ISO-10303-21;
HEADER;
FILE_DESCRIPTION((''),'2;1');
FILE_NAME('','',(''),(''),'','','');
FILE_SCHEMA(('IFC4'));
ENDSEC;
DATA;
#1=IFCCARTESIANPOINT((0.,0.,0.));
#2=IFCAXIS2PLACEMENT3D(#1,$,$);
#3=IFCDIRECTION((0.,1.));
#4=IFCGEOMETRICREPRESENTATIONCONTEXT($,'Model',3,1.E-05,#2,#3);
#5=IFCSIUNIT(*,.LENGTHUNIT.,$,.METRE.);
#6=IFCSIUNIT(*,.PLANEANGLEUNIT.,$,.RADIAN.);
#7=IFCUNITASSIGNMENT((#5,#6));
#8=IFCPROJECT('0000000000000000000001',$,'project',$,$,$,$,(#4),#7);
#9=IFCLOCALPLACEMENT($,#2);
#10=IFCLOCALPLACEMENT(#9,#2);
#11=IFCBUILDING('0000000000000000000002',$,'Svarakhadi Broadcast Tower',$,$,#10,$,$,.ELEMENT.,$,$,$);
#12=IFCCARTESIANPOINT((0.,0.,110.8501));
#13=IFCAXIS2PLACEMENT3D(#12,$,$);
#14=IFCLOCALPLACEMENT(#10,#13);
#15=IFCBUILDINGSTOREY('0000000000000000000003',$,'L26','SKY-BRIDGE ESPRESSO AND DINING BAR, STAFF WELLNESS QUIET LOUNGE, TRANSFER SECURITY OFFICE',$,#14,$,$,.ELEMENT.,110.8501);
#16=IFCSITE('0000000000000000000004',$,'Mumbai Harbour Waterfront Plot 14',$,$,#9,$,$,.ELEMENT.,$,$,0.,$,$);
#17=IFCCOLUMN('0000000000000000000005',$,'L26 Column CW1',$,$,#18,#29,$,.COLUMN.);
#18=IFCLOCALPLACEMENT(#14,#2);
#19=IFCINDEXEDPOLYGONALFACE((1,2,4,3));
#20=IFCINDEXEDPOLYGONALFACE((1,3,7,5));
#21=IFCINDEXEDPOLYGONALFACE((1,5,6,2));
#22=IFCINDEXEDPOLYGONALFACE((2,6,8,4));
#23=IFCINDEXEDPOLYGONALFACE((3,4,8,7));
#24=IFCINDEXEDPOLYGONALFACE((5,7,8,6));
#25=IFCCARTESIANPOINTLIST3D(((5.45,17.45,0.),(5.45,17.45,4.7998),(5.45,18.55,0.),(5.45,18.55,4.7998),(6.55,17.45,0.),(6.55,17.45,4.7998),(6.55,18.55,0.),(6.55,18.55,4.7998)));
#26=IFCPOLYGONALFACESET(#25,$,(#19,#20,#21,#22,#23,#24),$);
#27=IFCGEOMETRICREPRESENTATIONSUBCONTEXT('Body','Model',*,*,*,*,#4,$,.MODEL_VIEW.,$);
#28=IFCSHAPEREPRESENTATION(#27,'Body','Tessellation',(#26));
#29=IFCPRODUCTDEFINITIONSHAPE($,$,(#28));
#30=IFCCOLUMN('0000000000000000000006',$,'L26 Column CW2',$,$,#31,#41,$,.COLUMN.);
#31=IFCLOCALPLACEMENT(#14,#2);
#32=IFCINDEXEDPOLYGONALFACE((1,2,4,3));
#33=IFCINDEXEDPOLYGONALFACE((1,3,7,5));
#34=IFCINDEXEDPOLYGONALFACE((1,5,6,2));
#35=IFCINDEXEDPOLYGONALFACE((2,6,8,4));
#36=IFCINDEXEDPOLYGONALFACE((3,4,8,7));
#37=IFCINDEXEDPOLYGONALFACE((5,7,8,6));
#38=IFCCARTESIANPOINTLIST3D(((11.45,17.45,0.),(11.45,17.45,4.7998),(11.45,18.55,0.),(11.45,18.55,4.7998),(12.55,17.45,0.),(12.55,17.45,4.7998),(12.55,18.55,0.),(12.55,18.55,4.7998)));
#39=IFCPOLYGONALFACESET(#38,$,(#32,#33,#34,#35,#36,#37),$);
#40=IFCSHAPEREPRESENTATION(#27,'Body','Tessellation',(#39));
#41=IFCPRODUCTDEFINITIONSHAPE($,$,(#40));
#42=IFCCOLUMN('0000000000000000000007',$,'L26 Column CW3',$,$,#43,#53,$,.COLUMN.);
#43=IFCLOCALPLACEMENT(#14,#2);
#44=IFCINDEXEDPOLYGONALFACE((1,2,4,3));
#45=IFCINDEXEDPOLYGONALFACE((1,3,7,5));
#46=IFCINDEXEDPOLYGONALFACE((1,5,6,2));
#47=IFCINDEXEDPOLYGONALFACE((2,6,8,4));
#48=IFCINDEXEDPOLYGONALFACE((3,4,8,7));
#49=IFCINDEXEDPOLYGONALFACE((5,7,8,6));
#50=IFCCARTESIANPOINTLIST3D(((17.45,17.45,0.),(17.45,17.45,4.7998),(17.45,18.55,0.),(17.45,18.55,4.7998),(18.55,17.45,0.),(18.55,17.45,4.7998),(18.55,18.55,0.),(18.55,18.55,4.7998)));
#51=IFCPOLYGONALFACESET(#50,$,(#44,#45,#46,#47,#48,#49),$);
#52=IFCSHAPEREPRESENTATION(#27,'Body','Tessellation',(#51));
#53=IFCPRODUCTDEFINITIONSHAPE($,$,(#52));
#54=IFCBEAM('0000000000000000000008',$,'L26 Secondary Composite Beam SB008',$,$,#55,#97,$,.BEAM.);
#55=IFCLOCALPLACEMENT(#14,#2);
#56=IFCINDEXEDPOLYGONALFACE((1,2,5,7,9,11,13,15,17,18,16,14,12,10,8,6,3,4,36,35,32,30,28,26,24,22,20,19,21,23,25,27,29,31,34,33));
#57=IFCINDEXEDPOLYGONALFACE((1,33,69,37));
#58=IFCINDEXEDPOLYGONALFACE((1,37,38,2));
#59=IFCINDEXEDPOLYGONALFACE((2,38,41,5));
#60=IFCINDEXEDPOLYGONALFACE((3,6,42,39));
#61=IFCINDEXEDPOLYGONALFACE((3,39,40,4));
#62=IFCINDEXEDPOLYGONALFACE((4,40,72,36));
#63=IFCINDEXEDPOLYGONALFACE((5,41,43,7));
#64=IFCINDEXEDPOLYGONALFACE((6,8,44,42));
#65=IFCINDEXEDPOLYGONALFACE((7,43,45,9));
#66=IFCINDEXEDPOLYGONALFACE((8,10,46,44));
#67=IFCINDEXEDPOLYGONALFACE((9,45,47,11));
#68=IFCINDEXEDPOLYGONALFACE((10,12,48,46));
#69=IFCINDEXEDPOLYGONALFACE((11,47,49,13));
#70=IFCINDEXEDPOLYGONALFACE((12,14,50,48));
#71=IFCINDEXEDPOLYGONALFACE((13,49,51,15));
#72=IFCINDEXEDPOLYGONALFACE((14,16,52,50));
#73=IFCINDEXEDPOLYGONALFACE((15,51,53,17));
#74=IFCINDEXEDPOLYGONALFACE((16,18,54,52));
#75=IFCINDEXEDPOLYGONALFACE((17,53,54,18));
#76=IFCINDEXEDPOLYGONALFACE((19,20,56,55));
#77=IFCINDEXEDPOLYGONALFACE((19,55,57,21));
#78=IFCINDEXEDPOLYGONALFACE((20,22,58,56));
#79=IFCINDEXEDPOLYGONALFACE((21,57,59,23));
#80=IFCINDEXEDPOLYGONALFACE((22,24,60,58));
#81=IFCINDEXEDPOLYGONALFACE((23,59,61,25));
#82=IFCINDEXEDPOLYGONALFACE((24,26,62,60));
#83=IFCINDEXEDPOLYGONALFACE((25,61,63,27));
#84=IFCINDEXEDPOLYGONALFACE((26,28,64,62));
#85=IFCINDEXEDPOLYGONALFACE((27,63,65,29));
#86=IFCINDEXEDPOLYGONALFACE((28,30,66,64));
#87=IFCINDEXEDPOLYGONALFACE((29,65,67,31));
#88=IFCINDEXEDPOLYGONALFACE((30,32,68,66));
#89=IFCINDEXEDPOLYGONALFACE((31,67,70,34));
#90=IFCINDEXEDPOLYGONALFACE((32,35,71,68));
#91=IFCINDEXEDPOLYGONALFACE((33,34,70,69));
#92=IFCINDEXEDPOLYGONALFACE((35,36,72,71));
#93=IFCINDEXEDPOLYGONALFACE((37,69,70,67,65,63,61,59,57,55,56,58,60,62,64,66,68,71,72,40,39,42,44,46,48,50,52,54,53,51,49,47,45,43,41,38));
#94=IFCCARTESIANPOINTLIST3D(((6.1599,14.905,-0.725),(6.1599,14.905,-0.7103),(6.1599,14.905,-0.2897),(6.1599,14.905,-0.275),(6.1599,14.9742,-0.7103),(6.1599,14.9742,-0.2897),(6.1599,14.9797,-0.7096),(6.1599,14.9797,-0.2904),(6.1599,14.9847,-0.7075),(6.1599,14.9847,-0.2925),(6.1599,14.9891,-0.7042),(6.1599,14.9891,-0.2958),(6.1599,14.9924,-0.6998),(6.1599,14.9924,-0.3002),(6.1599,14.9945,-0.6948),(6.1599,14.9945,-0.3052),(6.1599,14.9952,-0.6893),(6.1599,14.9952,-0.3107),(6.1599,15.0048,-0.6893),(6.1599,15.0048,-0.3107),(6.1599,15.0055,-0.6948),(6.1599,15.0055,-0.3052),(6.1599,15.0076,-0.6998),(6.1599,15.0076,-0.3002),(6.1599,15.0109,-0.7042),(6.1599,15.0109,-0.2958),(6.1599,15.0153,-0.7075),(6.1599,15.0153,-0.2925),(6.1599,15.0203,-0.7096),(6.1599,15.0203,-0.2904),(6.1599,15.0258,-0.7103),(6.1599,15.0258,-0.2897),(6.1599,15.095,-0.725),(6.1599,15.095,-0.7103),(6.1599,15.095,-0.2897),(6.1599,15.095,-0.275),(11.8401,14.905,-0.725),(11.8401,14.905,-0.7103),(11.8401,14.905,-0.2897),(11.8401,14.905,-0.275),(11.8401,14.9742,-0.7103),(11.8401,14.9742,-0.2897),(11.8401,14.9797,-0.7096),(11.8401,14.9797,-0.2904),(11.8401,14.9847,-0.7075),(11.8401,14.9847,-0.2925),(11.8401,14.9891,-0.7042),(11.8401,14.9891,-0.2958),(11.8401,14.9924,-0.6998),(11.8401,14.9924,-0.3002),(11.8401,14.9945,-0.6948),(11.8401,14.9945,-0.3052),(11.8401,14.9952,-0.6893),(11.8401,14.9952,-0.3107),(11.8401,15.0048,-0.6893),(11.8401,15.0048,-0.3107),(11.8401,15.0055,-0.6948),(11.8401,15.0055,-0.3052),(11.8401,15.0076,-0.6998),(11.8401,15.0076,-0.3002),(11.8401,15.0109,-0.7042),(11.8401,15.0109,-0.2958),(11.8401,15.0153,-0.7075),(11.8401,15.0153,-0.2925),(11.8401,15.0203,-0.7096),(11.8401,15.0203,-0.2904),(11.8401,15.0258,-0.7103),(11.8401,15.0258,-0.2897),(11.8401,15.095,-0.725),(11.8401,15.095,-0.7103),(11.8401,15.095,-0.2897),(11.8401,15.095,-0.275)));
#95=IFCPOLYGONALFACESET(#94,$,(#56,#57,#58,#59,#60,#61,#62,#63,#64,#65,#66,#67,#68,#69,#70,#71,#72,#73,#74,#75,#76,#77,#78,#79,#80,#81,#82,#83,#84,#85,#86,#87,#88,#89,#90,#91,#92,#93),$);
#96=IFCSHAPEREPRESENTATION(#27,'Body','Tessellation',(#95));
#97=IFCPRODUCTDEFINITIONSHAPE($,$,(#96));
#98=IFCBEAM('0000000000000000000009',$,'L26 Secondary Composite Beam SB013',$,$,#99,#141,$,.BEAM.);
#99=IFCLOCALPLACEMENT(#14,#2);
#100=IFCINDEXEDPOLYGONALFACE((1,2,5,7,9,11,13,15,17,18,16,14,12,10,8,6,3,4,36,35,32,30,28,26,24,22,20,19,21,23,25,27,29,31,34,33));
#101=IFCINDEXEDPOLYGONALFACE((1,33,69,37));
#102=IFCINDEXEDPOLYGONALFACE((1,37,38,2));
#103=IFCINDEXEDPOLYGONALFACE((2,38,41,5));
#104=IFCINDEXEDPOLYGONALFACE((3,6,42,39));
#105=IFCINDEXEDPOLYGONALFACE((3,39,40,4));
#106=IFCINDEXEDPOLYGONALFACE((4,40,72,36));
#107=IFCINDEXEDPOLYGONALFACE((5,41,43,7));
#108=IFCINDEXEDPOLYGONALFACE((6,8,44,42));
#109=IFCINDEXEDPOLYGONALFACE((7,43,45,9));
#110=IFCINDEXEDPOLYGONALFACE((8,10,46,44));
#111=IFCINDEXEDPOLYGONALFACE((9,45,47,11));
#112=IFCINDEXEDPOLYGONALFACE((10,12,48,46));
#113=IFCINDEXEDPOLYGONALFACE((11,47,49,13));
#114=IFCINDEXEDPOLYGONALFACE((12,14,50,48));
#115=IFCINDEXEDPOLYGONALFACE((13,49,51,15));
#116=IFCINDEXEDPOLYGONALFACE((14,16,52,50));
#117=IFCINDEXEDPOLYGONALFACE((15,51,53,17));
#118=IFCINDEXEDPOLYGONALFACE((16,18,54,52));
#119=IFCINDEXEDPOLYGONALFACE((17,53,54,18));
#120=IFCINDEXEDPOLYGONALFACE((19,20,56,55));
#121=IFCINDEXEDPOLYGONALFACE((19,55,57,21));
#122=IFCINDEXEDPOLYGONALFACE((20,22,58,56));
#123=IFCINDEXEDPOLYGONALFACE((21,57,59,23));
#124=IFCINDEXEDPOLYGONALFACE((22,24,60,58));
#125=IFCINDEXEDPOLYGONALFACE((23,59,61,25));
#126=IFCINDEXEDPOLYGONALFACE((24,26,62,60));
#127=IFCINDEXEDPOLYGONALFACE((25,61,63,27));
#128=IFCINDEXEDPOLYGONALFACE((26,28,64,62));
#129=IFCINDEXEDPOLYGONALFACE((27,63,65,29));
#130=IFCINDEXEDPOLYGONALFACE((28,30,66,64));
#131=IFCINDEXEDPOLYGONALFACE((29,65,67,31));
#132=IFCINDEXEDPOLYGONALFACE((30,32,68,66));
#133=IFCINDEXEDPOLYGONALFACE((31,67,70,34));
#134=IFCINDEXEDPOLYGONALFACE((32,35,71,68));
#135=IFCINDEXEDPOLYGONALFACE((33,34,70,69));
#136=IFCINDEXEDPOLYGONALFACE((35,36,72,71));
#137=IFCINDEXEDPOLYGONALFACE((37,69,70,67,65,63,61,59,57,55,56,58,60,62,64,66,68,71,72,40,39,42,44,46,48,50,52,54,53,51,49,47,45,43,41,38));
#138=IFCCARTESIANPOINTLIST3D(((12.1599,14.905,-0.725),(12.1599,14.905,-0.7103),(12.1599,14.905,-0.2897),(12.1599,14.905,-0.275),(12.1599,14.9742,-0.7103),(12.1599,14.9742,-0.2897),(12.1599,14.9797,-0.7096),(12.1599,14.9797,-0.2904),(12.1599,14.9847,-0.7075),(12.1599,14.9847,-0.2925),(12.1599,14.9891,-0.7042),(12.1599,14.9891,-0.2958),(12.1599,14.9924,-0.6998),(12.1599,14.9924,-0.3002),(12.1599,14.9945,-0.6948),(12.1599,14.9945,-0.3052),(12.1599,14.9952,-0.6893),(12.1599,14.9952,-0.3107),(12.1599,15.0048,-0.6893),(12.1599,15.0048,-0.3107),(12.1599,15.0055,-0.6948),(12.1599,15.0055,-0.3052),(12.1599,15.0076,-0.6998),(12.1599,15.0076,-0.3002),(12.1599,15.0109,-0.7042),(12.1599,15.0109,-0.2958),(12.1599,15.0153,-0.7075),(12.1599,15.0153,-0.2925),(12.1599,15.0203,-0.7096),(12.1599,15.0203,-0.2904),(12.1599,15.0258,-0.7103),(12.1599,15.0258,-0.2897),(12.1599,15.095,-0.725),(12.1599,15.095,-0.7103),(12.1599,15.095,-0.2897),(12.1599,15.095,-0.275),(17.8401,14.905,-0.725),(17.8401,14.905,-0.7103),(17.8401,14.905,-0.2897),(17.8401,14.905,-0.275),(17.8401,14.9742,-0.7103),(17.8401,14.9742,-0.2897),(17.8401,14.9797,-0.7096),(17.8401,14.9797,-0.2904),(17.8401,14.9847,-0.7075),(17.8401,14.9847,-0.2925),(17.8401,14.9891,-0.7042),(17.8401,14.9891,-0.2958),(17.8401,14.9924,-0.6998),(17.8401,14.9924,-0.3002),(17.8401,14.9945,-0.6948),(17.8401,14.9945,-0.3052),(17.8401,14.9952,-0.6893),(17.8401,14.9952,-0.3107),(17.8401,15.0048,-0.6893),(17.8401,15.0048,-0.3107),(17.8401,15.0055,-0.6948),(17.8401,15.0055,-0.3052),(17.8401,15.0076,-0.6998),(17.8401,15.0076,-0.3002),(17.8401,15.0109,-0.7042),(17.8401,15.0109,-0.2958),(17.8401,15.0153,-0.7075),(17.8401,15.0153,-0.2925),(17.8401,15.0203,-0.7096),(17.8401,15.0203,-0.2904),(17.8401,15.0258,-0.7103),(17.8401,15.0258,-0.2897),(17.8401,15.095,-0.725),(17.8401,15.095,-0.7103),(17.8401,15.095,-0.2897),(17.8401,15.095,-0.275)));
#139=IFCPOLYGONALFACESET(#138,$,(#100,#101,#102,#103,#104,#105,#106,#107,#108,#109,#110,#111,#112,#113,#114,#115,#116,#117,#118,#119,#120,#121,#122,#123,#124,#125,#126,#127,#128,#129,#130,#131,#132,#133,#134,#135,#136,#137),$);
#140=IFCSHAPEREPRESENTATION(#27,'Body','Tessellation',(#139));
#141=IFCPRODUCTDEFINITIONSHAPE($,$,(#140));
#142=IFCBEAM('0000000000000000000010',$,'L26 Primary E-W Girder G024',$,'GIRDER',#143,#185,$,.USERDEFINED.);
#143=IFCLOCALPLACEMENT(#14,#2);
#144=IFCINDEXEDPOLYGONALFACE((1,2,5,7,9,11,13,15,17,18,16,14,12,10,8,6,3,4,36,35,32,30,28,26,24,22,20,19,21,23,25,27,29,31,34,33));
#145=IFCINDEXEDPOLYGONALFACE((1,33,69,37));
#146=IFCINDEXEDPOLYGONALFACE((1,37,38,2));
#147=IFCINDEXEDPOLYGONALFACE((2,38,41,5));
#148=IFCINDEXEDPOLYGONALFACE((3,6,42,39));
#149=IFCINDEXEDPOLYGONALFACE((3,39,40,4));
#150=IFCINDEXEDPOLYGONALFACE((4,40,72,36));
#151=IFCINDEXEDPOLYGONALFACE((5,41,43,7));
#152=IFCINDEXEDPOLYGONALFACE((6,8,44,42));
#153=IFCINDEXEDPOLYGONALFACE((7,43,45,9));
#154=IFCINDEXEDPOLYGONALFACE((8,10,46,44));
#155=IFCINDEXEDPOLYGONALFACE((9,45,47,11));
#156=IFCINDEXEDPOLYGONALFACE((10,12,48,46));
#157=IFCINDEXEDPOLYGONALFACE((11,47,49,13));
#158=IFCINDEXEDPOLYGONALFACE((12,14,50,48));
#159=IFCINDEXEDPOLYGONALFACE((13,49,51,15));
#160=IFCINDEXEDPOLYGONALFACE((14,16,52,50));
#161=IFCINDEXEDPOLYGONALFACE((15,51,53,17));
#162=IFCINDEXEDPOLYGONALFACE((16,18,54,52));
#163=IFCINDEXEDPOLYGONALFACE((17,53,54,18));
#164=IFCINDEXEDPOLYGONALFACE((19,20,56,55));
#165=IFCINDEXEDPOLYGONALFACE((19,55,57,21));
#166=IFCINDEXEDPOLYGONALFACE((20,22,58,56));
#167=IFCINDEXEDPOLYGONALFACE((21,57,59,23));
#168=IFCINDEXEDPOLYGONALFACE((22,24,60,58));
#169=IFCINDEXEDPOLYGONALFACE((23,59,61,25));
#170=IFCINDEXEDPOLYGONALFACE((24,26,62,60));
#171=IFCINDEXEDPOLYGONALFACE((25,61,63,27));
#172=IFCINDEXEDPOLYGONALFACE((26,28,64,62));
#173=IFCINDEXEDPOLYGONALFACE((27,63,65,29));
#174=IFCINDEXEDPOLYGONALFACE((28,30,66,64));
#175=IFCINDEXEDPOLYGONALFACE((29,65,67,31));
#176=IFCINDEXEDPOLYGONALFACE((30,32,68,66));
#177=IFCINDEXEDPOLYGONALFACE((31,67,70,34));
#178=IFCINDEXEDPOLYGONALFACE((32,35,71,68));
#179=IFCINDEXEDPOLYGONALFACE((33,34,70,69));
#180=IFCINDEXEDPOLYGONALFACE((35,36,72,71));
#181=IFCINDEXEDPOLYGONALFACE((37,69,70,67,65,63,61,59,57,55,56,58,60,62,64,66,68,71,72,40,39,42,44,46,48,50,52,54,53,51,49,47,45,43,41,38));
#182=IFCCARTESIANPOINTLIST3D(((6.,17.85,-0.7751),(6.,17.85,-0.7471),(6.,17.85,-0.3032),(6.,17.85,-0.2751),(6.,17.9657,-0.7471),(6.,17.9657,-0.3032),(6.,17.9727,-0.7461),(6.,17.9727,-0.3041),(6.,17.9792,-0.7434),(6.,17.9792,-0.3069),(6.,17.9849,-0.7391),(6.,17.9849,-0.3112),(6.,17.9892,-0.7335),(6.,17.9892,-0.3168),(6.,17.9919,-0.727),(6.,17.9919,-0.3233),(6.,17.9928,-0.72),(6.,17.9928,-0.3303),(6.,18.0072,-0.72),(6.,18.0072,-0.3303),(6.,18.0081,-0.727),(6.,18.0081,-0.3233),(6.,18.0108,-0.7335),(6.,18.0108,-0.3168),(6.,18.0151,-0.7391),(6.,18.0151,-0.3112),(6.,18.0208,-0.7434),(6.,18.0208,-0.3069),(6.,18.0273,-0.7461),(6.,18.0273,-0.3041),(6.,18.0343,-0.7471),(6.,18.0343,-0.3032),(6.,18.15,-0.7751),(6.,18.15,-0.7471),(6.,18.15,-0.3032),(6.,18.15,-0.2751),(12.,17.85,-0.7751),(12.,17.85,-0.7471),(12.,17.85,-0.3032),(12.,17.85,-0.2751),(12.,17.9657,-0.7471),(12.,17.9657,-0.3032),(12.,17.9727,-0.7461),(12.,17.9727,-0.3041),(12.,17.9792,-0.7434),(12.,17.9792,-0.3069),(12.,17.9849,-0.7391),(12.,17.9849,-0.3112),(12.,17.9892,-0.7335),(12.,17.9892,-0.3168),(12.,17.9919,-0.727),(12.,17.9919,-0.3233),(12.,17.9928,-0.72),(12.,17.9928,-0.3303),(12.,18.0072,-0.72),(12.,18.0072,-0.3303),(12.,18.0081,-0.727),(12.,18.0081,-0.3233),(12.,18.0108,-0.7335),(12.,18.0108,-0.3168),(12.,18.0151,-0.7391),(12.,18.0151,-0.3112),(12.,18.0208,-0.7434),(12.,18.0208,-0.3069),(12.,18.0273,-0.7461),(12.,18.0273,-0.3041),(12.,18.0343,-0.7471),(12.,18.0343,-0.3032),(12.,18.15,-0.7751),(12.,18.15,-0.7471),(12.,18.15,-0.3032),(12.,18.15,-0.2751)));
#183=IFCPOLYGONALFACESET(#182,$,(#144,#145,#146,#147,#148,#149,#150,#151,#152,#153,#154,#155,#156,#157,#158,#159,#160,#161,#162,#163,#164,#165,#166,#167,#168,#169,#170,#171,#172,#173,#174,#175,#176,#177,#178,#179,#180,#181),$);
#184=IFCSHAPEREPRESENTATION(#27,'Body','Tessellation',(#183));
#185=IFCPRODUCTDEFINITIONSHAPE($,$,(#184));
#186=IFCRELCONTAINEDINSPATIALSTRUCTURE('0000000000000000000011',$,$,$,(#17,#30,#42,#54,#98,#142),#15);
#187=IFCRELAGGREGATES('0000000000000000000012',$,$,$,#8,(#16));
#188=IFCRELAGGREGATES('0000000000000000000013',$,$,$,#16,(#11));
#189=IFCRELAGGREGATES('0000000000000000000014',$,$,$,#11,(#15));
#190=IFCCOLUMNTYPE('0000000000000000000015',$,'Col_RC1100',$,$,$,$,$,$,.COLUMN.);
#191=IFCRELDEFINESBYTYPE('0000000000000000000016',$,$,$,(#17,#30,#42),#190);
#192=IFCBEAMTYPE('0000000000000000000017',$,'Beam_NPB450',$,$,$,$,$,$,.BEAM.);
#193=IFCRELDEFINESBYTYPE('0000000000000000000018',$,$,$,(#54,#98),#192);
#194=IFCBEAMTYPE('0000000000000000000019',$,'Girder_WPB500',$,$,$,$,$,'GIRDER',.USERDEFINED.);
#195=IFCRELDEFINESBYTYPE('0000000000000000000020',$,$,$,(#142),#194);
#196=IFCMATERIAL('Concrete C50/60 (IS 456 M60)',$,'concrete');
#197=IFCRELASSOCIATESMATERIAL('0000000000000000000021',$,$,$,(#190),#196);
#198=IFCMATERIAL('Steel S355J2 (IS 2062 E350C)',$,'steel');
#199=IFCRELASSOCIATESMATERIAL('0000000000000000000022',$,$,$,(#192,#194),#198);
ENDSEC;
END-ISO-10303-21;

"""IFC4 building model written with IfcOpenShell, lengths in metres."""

from ifc_helpers import new_model, si_unit, direction, frame, origin, origin_2d, place, context, subcontext, project, spatial, rectangle, i_section, extrude, material, material_profile, profile_set, type_object, element, save


model = new_model("IFC4")

# Units and contexts
model_context = context("Model", 3, precision=1e-05, world=origin(), true_north=direction((0.0, 1.0)))
body_context = subcontext(model_context, "Body", "Model", "MODEL_VIEW")
ifc_project = project(units=[si_unit("LENGTHUNIT", "METRE"), si_unit("PLANEANGLEUNIT", "RADIAN")], contexts=[model_context])

# Site, building, storey
site_placement = place(None, origin())
site = spatial("IfcSite", under=ifc_project, at=site_placement, Name="Mumbai Harbour Waterfront Plot 14", CompositionType="ELEMENT", RefElevation=0.0)
building_placement = place(site_placement, origin())
building = spatial("IfcBuilding", under=site, at=building_placement, Name="Svarakhadi Broadcast Tower", CompositionType="ELEMENT")
storey_placement = place(building_placement, frame((0.0, 0.0, 110.8501)))
storey = spatial("IfcBuildingStorey", under=building, at=storey_placement, Name="L26", Description="SKY-BRIDGE ESPRESSO AND DINING BAR, STAFF WELLNESS QUIET LOUNGE, TRANSFER SECURITY OFFICE", CompositionType="ELEMENT", Elevation=110.8501)

# Columns
ifc_material_1 = material(Name="Concrete C50/60 (IS 456 M60)", Category="concrete")
ifc_material_profile_1 = material_profile(ifc_material_1, rectangle(XDim=1.1001, YDim=1.1001, at=origin_2d()), Name="RC 1100x1100")
ifc_profile_set_1 = profile_set([ifc_material_profile_1], Name="Concrete C50/60 (IS 456 M60)")
column_type = type_object("IfcColumnType", Name="Col_RC1100", PredefinedType="COLUMN", material=ifc_profile_set_1)
for number, where, z_axis, x_axis, name in (
    (1, (6.0, 18.0, 0.0), (0.0, 0.0, 1.0), (1.0, 0.0, 0.0), "L26 Column CW1"),
    (2, (12.0, 18.0, 0.0), (0.0, 0.0, 1.0), (1.0, 0.0, 0.0), "L26 Column CW2"),
    (3, (18.0, 18.0, 0.0), (0.0, 0.0, 1.0), (1.0, 0.0, 0.0), "L26 Column CW3"),
):
    element("IfcColumn", number, at=place(storey_placement, frame(where, z_axis=z_axis, x_axis=x_axis)), inside=storey, type_object=column_type, Name=name, PredefinedType="COLUMN", context=body_context, shape_type="SweptSolid", body=[
        extrude(rectangle(XDim=1.1001, YDim=1.1001, at=origin_2d()), origin(), (0.0, 0.0, 1.0), 4.7998),
    ])

# Beams
ifc_material_2 = material(Name="Steel S355J2 (IS 2062 E350C)", Category="steel")
ifc_material_profile_2 = material_profile(ifc_material_2, i_section(OverallWidth=0.1899, OverallDepth=0.45, WebThickness=0.0095, FlangeThickness=0.0146, FilletRadius=0.021, at=origin_2d()), Name="NPB 450x190x78")
ifc_profile_set_2 = profile_set([ifc_material_profile_2], Name="Steel S355J2 (IS 2062 E350C)")
beam_type_1 = type_object("IfcBeamType", Name="Beam_NPB450", PredefinedType="BEAM", material=ifc_profile_set_2)
for number, where, z_axis, x_axis, name in (
    (4, (6.1599, 15.0, -0.5), (1.0, 0.0, 0.0), (0.0, 1.0, 0.0), "L26 Secondary Composite Beam SB008"),
    (5, (12.1599, 15.0, -0.5), (1.0, 0.0, 0.0), (0.0, 1.0, 0.0), "L26 Secondary Composite Beam SB013"),
):
    element("IfcBeam", number, at=place(storey_placement, frame(where, z_axis=z_axis, x_axis=x_axis)), inside=storey, type_object=beam_type_1, Name=name, PredefinedType="BEAM", context=body_context, shape_type="SweptSolid", body=[
        extrude(i_section(OverallWidth=0.1899, OverallDepth=0.45, WebThickness=0.0095, FlangeThickness=0.0146, FilletRadius=0.021, at=origin_2d()), origin(), (0.0, 0.0, 1.0), 5.6802),
    ])
ifc_material_profile_3 = material_profile(ifc_material_2, i_section(OverallWidth=0.3, OverallDepth=0.5, WebThickness=0.0144, FlangeThickness=0.0281, FilletRadius=0.0271, at=origin_2d()), Name="WPB 500x300x187")
ifc_profile_set_3 = profile_set([ifc_material_profile_3], Name="Steel S355J2 (IS 2062 E350C)")
beam_type_2 = type_object("IfcBeamType", Name="Girder_WPB500", ElementType="GIRDER", PredefinedType="USERDEFINED", material=ifc_profile_set_3)
for number, where, z_axis, x_axis, name in (
    (6, (6.0, 18.0, -0.5251), (1.0, 0.0, 0.0), (0.0, 1.0, 0.0), "L26 Primary E-W Girder G024"),
):
    element("IfcBeam", number, at=place(storey_placement, frame(where, z_axis=z_axis, x_axis=x_axis)), inside=storey, type_object=beam_type_2, Name=name, ObjectType="GIRDER", PredefinedType="USERDEFINED", context=body_context, shape_type="SweptSolid", body=[
        extrude(i_section(OverallWidth=0.3, OverallDepth=0.5, WebThickness=0.0144, FlangeThickness=0.0281, FilletRadius=0.0271, at=origin_2d()), origin(), (0.0, 0.0, 1.0), 6.0),
    ])

save(model, "model.ifc")
